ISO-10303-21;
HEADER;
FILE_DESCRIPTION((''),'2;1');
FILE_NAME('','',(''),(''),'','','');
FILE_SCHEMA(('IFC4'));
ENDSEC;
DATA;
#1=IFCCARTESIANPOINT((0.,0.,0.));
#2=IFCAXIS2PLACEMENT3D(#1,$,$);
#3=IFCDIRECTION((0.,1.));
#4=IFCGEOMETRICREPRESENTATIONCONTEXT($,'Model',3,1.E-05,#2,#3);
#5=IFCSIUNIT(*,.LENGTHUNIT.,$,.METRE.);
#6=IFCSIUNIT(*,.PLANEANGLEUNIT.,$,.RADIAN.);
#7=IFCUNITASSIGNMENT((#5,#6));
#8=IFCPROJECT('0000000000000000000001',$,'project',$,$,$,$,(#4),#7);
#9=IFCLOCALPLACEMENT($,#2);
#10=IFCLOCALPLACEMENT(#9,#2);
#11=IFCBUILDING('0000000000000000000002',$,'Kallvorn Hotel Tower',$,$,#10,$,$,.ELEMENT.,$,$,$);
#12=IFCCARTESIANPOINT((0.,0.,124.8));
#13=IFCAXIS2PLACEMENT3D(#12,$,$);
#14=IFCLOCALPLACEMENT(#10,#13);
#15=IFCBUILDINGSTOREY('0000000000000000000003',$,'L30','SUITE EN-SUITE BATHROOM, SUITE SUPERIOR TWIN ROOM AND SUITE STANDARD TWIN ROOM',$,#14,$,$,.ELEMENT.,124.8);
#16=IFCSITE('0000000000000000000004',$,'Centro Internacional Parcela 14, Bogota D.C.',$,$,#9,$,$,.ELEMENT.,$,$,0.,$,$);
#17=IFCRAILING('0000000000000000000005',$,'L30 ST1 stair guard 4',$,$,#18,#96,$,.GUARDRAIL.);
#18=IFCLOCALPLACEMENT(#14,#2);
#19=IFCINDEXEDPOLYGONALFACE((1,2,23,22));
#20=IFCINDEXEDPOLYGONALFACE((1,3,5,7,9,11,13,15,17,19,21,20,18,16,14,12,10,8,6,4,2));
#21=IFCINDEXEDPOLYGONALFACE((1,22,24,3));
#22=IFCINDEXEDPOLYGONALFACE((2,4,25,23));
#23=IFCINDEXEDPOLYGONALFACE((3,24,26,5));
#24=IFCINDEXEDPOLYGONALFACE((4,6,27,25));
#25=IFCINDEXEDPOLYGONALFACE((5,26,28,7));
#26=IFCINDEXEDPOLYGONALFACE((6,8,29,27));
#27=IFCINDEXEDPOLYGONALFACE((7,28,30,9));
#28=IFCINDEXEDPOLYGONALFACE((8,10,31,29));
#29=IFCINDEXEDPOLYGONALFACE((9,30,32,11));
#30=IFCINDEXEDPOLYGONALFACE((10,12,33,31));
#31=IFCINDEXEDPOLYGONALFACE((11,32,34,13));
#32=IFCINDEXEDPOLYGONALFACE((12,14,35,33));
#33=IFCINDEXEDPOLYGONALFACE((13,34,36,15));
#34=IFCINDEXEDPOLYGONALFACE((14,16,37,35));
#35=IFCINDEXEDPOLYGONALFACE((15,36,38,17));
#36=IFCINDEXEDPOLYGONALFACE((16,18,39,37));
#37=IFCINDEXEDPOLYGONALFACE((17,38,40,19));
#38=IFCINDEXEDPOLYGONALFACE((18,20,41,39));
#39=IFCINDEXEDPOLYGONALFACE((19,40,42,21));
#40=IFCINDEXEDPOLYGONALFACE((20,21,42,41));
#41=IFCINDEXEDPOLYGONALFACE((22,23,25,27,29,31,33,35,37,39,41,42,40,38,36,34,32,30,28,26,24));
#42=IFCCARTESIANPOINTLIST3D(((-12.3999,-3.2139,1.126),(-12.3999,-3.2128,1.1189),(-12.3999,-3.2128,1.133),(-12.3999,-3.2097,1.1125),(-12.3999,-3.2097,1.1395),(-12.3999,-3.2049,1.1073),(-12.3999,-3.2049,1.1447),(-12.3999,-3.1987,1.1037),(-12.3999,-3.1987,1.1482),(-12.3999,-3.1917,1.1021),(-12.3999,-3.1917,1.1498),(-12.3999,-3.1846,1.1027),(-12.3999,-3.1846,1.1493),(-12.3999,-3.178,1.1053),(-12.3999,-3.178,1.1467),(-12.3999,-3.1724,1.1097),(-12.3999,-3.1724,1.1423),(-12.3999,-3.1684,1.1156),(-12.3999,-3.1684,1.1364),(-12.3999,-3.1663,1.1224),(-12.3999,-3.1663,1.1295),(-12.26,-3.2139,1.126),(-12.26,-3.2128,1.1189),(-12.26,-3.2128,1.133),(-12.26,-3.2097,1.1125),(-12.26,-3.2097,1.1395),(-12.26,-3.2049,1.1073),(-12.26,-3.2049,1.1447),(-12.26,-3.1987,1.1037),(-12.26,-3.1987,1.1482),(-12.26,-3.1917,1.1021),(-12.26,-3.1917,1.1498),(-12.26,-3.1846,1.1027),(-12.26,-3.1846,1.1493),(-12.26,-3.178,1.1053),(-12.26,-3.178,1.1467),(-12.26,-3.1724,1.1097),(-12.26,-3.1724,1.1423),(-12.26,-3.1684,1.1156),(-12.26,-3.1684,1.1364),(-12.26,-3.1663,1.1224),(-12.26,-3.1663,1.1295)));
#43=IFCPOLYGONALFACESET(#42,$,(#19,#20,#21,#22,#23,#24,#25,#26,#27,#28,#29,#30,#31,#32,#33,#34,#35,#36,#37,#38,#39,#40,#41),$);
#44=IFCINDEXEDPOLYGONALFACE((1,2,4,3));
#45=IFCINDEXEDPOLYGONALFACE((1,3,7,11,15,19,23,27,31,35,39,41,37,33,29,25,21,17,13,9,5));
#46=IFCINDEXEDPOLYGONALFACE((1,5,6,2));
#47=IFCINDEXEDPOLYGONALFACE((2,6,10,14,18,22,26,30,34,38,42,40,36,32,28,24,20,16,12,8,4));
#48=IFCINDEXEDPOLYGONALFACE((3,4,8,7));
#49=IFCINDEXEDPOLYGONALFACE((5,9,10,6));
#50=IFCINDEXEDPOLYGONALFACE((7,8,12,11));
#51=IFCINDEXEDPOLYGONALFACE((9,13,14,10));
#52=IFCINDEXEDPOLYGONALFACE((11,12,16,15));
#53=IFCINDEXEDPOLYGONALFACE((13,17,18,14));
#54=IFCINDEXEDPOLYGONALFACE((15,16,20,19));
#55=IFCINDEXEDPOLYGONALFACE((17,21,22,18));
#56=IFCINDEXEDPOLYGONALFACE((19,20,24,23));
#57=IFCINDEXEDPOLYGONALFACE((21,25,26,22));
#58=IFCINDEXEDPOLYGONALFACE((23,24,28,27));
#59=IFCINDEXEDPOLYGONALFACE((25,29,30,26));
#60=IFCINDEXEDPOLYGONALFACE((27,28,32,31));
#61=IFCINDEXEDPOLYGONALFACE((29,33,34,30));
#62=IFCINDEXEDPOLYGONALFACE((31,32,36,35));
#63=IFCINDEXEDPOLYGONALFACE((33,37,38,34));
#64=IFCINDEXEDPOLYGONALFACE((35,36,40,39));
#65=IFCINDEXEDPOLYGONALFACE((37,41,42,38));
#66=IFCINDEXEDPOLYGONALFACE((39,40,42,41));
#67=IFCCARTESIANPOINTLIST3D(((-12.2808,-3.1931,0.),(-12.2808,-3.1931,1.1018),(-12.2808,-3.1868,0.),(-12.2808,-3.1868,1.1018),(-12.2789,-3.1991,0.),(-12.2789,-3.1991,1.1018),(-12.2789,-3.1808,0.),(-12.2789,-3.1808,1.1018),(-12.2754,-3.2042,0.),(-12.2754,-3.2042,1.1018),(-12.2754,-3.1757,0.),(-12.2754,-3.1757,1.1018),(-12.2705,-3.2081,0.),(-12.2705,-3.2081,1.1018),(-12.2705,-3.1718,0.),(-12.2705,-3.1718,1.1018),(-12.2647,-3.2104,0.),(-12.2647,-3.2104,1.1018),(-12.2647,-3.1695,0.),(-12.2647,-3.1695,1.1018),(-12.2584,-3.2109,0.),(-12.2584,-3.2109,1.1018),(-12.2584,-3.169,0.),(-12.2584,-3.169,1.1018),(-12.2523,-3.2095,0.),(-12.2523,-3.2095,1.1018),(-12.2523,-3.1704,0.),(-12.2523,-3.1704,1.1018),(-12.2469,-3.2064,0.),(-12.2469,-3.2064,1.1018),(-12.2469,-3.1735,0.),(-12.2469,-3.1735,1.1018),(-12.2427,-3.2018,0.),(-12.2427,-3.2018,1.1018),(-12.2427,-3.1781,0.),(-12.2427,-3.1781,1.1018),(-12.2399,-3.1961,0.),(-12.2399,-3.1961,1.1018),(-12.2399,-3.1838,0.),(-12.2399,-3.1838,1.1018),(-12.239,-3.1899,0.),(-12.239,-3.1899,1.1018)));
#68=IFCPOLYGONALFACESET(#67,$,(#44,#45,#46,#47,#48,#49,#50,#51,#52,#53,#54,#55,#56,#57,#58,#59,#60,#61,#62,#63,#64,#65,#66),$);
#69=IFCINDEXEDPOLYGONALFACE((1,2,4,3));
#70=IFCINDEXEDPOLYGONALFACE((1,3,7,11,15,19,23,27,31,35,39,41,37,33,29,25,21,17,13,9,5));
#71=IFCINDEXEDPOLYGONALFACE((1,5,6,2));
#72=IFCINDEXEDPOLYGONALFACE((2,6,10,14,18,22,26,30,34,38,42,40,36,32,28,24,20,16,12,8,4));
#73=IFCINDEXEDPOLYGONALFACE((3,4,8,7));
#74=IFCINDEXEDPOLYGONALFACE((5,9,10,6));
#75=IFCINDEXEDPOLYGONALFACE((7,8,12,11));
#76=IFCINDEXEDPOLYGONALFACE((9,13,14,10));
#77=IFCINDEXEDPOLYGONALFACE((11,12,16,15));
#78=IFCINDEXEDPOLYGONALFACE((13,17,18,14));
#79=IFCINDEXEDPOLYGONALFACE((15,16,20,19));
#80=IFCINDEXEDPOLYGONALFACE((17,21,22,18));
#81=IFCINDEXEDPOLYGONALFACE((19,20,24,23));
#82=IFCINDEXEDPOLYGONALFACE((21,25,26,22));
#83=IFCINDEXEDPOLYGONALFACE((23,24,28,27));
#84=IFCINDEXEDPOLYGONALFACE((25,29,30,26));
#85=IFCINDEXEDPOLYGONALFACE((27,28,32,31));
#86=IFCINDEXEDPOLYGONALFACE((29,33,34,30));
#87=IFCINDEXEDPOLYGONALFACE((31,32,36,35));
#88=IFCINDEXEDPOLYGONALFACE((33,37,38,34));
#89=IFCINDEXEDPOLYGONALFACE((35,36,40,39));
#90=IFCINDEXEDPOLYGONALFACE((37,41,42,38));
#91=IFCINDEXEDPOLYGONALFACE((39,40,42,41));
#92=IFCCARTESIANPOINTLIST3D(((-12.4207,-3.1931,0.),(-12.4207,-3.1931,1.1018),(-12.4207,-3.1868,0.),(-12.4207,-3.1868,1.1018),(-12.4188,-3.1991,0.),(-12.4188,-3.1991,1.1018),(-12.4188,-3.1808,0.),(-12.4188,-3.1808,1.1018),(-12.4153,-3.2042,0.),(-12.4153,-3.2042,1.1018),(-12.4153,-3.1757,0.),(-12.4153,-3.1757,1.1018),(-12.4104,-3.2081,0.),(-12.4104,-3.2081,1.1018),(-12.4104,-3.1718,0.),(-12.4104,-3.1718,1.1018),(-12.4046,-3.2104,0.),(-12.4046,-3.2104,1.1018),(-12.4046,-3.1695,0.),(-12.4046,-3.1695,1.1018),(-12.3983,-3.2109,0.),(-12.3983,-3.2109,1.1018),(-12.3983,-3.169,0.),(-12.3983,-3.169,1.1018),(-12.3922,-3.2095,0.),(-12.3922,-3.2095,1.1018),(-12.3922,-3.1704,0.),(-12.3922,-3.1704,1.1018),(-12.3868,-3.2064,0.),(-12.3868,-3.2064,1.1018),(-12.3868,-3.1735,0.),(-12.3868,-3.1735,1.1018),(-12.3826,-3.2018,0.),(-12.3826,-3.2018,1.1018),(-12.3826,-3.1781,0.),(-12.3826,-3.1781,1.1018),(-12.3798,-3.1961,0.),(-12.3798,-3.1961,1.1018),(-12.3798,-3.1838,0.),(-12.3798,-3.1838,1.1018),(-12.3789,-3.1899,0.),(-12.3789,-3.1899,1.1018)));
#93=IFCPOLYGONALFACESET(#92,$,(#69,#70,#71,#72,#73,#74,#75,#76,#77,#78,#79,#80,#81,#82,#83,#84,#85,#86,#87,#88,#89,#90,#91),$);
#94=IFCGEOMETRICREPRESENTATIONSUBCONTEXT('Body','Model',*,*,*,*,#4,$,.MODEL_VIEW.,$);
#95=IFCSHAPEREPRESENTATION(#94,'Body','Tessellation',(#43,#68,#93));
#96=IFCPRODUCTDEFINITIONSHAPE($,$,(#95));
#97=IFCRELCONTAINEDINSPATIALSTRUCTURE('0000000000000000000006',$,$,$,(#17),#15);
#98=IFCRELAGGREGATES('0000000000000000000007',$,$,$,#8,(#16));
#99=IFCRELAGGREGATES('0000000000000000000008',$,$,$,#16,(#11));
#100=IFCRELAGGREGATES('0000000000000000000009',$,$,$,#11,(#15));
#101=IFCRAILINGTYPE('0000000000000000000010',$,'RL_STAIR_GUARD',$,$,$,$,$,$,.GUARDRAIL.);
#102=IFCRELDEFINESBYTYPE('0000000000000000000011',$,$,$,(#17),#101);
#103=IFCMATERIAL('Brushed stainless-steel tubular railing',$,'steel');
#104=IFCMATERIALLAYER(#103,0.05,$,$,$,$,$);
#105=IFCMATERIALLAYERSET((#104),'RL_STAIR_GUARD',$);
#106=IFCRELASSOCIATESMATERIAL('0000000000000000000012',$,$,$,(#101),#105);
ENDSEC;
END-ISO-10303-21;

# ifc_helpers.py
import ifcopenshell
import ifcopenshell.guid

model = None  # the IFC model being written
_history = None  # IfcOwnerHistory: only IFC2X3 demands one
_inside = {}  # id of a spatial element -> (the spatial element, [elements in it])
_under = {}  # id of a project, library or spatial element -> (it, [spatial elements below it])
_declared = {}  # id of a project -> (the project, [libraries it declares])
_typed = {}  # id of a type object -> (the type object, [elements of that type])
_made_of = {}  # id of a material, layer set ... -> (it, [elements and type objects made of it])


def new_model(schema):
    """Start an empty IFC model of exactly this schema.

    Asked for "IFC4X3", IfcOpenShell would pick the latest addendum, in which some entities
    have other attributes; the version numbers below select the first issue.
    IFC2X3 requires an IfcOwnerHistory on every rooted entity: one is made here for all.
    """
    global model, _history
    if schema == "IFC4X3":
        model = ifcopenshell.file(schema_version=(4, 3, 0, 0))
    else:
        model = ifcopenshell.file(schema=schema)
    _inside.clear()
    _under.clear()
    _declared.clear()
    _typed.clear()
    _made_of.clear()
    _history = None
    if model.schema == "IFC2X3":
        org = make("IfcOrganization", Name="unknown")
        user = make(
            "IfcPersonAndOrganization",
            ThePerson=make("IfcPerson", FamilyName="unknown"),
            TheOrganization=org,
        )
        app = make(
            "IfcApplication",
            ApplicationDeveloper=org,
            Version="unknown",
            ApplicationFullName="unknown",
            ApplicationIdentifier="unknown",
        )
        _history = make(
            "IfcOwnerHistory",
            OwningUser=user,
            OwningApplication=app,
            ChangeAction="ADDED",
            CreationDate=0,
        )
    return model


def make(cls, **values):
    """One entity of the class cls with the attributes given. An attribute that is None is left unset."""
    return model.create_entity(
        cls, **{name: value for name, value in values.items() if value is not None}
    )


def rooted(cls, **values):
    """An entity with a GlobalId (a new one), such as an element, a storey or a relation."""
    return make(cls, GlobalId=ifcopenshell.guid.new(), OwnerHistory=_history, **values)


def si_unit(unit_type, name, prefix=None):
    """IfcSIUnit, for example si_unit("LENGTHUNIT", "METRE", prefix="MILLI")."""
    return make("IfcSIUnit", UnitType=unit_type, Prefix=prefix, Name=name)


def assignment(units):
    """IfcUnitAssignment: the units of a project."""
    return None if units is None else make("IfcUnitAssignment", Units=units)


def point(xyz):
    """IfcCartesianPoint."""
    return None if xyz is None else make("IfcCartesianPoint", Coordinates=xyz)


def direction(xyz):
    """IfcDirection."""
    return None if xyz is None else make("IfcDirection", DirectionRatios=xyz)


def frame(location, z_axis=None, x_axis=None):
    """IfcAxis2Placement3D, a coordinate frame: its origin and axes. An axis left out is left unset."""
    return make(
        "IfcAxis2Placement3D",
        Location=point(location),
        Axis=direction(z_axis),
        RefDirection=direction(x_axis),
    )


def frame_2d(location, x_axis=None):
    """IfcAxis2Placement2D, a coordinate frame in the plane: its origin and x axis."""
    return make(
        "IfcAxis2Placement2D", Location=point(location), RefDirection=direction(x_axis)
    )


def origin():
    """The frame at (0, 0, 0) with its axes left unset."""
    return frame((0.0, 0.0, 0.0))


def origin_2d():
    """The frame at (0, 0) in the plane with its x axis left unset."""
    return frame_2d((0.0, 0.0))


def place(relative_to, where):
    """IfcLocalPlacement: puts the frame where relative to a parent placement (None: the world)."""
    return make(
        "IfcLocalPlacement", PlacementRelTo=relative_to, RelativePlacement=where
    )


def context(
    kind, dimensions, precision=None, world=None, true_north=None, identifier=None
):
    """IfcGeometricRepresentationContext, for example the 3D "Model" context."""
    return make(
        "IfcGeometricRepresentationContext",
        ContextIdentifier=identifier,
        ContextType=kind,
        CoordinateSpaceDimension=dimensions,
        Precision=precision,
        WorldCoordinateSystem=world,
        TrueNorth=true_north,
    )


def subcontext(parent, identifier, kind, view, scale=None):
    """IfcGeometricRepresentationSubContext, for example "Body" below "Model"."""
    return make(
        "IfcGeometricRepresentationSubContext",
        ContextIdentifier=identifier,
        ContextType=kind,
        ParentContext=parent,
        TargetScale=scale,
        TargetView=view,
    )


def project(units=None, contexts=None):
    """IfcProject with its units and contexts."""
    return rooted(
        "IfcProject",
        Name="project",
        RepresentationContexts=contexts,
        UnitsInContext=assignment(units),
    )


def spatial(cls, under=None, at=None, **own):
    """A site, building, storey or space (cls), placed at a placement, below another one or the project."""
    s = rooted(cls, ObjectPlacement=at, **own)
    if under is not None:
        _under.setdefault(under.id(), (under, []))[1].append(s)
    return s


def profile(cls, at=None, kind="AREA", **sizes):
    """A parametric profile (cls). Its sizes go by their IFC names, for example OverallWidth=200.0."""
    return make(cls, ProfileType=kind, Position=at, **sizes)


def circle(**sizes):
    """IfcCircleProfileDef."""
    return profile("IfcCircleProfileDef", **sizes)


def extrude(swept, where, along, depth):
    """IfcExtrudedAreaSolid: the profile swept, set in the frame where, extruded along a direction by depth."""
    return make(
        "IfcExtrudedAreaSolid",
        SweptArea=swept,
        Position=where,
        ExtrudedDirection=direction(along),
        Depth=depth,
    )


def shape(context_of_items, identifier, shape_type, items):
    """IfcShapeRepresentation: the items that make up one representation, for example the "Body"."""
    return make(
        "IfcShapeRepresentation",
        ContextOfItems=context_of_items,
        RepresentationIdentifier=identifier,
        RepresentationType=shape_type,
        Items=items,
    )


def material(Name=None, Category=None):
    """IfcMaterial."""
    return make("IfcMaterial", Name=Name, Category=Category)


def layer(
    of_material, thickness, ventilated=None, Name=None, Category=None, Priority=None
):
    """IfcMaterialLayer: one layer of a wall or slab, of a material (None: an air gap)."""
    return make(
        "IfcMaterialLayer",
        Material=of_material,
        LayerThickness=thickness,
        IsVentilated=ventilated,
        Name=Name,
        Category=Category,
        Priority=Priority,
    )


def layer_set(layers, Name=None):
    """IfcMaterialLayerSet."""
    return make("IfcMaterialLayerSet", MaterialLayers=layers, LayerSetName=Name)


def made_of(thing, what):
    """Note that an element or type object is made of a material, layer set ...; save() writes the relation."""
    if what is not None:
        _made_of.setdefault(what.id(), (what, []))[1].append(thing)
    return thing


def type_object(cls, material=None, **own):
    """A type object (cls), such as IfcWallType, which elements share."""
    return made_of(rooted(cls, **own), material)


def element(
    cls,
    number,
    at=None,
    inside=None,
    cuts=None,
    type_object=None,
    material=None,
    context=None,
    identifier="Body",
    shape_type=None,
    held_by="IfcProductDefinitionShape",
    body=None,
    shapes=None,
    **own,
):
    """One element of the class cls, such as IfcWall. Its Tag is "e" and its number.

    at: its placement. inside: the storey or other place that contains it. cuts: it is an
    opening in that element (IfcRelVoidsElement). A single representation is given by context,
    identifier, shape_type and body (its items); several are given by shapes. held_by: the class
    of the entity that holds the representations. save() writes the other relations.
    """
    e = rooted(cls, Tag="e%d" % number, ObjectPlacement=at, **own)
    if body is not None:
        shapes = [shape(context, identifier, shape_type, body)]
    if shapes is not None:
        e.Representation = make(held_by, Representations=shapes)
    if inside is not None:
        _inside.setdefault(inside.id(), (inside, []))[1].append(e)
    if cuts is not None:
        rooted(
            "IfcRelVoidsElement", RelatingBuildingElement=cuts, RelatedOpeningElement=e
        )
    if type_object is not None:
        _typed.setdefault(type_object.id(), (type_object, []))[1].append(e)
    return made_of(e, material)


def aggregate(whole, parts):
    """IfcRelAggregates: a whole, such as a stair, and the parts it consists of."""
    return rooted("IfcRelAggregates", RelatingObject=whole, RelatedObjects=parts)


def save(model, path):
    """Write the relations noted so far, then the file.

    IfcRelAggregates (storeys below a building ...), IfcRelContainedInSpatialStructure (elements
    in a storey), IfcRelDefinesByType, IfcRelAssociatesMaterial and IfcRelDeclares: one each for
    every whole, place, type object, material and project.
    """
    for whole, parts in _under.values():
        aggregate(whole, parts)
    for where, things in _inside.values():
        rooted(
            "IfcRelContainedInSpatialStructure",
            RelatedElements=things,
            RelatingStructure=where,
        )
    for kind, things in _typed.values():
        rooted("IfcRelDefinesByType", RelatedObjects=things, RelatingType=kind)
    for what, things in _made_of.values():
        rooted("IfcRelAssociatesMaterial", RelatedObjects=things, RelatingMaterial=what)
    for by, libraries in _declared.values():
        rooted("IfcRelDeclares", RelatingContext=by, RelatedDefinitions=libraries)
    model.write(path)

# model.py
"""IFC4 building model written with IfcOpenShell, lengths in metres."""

from ifc_helpers import new_model, si_unit, direction, frame, origin, origin_2d, place, context, subcontext, project, spatial, circle, extrude, material, layer, layer_set, type_object, element, save


model = new_model("IFC4")

# Units and contexts
model_context = context("Model", 3, precision=1e-05, world=origin(), true_north=direction((0.0, 1.0)))
body_context = subcontext(model_context, "Body", "Model", "MODEL_VIEW")
ifc_project = project(units=[si_unit("LENGTHUNIT", "METRE"), si_unit("PLANEANGLEUNIT", "RADIAN")], contexts=[model_context])

# Site, building, storey
site_placement = place(None, origin())
site = spatial("IfcSite", under=ifc_project, at=site_placement, Name="Centro Internacional Parcela 14, Bogota D.C.", CompositionType="ELEMENT", RefElevation=0.0)
building_placement = place(site_placement, origin())
building = spatial("IfcBuilding", under=site, at=building_placement, Name="Kallvorn Hotel Tower", CompositionType="ELEMENT")
storey_placement = place(building_placement, frame((0.0, 0.0, 124.8)))
storey = spatial("IfcBuildingStorey", under=building, at=storey_placement, Name="L30", Description="SUITE EN-SUITE BATHROOM, SUITE SUPERIOR TWIN ROOM AND SUITE STANDARD TWIN ROOM", CompositionType="ELEMENT", Elevation=124.8)

# Railing
ifc_material_1 = material(Name="Brushed stainless-steel tubular railing", Category="steel")
ifc_layer_1 = layer(ifc_material_1, 0.05)
ifc_layer_set_1 = layer_set([ifc_layer_1], Name="RL_STAIR_GUARD")
railing_type_1 = type_object("IfcRailingType", Name="RL_STAIR_GUARD", PredefinedType="GUARDRAIL", material=ifc_layer_set_1)
railing_1_placement = place(storey_placement, frame((-12.26, -3.1899, 0.0)))
element("IfcRailing", 1, at=railing_1_placement, inside=storey, type_object=railing_type_1, Name="L30 ST1 stair guard 4", PredefinedType="GUARDRAIL", context=body_context, shape_type="SweptSolid", body=[
    extrude(circle(Radius=0.0239, at=origin_2d()), frame((0.0, 0.0, 1.126), z_axis=(-1.0, 0.0, 0.0), x_axis=(0.0, -1.0, 0.0)), (0.0, 0.0, 1.0), 0.1399),
    extrude(circle(Radius=0.021, at=origin_2d()), origin(), (0.0, 0.0, 1.0), 1.1018),
    extrude(circle(Radius=0.021, at=origin_2d()), frame((-0.1399, 0.0, 0.0)), (0.0, 0.0, 1.0), 1.1018),
])

save(model, "model.ifc")
